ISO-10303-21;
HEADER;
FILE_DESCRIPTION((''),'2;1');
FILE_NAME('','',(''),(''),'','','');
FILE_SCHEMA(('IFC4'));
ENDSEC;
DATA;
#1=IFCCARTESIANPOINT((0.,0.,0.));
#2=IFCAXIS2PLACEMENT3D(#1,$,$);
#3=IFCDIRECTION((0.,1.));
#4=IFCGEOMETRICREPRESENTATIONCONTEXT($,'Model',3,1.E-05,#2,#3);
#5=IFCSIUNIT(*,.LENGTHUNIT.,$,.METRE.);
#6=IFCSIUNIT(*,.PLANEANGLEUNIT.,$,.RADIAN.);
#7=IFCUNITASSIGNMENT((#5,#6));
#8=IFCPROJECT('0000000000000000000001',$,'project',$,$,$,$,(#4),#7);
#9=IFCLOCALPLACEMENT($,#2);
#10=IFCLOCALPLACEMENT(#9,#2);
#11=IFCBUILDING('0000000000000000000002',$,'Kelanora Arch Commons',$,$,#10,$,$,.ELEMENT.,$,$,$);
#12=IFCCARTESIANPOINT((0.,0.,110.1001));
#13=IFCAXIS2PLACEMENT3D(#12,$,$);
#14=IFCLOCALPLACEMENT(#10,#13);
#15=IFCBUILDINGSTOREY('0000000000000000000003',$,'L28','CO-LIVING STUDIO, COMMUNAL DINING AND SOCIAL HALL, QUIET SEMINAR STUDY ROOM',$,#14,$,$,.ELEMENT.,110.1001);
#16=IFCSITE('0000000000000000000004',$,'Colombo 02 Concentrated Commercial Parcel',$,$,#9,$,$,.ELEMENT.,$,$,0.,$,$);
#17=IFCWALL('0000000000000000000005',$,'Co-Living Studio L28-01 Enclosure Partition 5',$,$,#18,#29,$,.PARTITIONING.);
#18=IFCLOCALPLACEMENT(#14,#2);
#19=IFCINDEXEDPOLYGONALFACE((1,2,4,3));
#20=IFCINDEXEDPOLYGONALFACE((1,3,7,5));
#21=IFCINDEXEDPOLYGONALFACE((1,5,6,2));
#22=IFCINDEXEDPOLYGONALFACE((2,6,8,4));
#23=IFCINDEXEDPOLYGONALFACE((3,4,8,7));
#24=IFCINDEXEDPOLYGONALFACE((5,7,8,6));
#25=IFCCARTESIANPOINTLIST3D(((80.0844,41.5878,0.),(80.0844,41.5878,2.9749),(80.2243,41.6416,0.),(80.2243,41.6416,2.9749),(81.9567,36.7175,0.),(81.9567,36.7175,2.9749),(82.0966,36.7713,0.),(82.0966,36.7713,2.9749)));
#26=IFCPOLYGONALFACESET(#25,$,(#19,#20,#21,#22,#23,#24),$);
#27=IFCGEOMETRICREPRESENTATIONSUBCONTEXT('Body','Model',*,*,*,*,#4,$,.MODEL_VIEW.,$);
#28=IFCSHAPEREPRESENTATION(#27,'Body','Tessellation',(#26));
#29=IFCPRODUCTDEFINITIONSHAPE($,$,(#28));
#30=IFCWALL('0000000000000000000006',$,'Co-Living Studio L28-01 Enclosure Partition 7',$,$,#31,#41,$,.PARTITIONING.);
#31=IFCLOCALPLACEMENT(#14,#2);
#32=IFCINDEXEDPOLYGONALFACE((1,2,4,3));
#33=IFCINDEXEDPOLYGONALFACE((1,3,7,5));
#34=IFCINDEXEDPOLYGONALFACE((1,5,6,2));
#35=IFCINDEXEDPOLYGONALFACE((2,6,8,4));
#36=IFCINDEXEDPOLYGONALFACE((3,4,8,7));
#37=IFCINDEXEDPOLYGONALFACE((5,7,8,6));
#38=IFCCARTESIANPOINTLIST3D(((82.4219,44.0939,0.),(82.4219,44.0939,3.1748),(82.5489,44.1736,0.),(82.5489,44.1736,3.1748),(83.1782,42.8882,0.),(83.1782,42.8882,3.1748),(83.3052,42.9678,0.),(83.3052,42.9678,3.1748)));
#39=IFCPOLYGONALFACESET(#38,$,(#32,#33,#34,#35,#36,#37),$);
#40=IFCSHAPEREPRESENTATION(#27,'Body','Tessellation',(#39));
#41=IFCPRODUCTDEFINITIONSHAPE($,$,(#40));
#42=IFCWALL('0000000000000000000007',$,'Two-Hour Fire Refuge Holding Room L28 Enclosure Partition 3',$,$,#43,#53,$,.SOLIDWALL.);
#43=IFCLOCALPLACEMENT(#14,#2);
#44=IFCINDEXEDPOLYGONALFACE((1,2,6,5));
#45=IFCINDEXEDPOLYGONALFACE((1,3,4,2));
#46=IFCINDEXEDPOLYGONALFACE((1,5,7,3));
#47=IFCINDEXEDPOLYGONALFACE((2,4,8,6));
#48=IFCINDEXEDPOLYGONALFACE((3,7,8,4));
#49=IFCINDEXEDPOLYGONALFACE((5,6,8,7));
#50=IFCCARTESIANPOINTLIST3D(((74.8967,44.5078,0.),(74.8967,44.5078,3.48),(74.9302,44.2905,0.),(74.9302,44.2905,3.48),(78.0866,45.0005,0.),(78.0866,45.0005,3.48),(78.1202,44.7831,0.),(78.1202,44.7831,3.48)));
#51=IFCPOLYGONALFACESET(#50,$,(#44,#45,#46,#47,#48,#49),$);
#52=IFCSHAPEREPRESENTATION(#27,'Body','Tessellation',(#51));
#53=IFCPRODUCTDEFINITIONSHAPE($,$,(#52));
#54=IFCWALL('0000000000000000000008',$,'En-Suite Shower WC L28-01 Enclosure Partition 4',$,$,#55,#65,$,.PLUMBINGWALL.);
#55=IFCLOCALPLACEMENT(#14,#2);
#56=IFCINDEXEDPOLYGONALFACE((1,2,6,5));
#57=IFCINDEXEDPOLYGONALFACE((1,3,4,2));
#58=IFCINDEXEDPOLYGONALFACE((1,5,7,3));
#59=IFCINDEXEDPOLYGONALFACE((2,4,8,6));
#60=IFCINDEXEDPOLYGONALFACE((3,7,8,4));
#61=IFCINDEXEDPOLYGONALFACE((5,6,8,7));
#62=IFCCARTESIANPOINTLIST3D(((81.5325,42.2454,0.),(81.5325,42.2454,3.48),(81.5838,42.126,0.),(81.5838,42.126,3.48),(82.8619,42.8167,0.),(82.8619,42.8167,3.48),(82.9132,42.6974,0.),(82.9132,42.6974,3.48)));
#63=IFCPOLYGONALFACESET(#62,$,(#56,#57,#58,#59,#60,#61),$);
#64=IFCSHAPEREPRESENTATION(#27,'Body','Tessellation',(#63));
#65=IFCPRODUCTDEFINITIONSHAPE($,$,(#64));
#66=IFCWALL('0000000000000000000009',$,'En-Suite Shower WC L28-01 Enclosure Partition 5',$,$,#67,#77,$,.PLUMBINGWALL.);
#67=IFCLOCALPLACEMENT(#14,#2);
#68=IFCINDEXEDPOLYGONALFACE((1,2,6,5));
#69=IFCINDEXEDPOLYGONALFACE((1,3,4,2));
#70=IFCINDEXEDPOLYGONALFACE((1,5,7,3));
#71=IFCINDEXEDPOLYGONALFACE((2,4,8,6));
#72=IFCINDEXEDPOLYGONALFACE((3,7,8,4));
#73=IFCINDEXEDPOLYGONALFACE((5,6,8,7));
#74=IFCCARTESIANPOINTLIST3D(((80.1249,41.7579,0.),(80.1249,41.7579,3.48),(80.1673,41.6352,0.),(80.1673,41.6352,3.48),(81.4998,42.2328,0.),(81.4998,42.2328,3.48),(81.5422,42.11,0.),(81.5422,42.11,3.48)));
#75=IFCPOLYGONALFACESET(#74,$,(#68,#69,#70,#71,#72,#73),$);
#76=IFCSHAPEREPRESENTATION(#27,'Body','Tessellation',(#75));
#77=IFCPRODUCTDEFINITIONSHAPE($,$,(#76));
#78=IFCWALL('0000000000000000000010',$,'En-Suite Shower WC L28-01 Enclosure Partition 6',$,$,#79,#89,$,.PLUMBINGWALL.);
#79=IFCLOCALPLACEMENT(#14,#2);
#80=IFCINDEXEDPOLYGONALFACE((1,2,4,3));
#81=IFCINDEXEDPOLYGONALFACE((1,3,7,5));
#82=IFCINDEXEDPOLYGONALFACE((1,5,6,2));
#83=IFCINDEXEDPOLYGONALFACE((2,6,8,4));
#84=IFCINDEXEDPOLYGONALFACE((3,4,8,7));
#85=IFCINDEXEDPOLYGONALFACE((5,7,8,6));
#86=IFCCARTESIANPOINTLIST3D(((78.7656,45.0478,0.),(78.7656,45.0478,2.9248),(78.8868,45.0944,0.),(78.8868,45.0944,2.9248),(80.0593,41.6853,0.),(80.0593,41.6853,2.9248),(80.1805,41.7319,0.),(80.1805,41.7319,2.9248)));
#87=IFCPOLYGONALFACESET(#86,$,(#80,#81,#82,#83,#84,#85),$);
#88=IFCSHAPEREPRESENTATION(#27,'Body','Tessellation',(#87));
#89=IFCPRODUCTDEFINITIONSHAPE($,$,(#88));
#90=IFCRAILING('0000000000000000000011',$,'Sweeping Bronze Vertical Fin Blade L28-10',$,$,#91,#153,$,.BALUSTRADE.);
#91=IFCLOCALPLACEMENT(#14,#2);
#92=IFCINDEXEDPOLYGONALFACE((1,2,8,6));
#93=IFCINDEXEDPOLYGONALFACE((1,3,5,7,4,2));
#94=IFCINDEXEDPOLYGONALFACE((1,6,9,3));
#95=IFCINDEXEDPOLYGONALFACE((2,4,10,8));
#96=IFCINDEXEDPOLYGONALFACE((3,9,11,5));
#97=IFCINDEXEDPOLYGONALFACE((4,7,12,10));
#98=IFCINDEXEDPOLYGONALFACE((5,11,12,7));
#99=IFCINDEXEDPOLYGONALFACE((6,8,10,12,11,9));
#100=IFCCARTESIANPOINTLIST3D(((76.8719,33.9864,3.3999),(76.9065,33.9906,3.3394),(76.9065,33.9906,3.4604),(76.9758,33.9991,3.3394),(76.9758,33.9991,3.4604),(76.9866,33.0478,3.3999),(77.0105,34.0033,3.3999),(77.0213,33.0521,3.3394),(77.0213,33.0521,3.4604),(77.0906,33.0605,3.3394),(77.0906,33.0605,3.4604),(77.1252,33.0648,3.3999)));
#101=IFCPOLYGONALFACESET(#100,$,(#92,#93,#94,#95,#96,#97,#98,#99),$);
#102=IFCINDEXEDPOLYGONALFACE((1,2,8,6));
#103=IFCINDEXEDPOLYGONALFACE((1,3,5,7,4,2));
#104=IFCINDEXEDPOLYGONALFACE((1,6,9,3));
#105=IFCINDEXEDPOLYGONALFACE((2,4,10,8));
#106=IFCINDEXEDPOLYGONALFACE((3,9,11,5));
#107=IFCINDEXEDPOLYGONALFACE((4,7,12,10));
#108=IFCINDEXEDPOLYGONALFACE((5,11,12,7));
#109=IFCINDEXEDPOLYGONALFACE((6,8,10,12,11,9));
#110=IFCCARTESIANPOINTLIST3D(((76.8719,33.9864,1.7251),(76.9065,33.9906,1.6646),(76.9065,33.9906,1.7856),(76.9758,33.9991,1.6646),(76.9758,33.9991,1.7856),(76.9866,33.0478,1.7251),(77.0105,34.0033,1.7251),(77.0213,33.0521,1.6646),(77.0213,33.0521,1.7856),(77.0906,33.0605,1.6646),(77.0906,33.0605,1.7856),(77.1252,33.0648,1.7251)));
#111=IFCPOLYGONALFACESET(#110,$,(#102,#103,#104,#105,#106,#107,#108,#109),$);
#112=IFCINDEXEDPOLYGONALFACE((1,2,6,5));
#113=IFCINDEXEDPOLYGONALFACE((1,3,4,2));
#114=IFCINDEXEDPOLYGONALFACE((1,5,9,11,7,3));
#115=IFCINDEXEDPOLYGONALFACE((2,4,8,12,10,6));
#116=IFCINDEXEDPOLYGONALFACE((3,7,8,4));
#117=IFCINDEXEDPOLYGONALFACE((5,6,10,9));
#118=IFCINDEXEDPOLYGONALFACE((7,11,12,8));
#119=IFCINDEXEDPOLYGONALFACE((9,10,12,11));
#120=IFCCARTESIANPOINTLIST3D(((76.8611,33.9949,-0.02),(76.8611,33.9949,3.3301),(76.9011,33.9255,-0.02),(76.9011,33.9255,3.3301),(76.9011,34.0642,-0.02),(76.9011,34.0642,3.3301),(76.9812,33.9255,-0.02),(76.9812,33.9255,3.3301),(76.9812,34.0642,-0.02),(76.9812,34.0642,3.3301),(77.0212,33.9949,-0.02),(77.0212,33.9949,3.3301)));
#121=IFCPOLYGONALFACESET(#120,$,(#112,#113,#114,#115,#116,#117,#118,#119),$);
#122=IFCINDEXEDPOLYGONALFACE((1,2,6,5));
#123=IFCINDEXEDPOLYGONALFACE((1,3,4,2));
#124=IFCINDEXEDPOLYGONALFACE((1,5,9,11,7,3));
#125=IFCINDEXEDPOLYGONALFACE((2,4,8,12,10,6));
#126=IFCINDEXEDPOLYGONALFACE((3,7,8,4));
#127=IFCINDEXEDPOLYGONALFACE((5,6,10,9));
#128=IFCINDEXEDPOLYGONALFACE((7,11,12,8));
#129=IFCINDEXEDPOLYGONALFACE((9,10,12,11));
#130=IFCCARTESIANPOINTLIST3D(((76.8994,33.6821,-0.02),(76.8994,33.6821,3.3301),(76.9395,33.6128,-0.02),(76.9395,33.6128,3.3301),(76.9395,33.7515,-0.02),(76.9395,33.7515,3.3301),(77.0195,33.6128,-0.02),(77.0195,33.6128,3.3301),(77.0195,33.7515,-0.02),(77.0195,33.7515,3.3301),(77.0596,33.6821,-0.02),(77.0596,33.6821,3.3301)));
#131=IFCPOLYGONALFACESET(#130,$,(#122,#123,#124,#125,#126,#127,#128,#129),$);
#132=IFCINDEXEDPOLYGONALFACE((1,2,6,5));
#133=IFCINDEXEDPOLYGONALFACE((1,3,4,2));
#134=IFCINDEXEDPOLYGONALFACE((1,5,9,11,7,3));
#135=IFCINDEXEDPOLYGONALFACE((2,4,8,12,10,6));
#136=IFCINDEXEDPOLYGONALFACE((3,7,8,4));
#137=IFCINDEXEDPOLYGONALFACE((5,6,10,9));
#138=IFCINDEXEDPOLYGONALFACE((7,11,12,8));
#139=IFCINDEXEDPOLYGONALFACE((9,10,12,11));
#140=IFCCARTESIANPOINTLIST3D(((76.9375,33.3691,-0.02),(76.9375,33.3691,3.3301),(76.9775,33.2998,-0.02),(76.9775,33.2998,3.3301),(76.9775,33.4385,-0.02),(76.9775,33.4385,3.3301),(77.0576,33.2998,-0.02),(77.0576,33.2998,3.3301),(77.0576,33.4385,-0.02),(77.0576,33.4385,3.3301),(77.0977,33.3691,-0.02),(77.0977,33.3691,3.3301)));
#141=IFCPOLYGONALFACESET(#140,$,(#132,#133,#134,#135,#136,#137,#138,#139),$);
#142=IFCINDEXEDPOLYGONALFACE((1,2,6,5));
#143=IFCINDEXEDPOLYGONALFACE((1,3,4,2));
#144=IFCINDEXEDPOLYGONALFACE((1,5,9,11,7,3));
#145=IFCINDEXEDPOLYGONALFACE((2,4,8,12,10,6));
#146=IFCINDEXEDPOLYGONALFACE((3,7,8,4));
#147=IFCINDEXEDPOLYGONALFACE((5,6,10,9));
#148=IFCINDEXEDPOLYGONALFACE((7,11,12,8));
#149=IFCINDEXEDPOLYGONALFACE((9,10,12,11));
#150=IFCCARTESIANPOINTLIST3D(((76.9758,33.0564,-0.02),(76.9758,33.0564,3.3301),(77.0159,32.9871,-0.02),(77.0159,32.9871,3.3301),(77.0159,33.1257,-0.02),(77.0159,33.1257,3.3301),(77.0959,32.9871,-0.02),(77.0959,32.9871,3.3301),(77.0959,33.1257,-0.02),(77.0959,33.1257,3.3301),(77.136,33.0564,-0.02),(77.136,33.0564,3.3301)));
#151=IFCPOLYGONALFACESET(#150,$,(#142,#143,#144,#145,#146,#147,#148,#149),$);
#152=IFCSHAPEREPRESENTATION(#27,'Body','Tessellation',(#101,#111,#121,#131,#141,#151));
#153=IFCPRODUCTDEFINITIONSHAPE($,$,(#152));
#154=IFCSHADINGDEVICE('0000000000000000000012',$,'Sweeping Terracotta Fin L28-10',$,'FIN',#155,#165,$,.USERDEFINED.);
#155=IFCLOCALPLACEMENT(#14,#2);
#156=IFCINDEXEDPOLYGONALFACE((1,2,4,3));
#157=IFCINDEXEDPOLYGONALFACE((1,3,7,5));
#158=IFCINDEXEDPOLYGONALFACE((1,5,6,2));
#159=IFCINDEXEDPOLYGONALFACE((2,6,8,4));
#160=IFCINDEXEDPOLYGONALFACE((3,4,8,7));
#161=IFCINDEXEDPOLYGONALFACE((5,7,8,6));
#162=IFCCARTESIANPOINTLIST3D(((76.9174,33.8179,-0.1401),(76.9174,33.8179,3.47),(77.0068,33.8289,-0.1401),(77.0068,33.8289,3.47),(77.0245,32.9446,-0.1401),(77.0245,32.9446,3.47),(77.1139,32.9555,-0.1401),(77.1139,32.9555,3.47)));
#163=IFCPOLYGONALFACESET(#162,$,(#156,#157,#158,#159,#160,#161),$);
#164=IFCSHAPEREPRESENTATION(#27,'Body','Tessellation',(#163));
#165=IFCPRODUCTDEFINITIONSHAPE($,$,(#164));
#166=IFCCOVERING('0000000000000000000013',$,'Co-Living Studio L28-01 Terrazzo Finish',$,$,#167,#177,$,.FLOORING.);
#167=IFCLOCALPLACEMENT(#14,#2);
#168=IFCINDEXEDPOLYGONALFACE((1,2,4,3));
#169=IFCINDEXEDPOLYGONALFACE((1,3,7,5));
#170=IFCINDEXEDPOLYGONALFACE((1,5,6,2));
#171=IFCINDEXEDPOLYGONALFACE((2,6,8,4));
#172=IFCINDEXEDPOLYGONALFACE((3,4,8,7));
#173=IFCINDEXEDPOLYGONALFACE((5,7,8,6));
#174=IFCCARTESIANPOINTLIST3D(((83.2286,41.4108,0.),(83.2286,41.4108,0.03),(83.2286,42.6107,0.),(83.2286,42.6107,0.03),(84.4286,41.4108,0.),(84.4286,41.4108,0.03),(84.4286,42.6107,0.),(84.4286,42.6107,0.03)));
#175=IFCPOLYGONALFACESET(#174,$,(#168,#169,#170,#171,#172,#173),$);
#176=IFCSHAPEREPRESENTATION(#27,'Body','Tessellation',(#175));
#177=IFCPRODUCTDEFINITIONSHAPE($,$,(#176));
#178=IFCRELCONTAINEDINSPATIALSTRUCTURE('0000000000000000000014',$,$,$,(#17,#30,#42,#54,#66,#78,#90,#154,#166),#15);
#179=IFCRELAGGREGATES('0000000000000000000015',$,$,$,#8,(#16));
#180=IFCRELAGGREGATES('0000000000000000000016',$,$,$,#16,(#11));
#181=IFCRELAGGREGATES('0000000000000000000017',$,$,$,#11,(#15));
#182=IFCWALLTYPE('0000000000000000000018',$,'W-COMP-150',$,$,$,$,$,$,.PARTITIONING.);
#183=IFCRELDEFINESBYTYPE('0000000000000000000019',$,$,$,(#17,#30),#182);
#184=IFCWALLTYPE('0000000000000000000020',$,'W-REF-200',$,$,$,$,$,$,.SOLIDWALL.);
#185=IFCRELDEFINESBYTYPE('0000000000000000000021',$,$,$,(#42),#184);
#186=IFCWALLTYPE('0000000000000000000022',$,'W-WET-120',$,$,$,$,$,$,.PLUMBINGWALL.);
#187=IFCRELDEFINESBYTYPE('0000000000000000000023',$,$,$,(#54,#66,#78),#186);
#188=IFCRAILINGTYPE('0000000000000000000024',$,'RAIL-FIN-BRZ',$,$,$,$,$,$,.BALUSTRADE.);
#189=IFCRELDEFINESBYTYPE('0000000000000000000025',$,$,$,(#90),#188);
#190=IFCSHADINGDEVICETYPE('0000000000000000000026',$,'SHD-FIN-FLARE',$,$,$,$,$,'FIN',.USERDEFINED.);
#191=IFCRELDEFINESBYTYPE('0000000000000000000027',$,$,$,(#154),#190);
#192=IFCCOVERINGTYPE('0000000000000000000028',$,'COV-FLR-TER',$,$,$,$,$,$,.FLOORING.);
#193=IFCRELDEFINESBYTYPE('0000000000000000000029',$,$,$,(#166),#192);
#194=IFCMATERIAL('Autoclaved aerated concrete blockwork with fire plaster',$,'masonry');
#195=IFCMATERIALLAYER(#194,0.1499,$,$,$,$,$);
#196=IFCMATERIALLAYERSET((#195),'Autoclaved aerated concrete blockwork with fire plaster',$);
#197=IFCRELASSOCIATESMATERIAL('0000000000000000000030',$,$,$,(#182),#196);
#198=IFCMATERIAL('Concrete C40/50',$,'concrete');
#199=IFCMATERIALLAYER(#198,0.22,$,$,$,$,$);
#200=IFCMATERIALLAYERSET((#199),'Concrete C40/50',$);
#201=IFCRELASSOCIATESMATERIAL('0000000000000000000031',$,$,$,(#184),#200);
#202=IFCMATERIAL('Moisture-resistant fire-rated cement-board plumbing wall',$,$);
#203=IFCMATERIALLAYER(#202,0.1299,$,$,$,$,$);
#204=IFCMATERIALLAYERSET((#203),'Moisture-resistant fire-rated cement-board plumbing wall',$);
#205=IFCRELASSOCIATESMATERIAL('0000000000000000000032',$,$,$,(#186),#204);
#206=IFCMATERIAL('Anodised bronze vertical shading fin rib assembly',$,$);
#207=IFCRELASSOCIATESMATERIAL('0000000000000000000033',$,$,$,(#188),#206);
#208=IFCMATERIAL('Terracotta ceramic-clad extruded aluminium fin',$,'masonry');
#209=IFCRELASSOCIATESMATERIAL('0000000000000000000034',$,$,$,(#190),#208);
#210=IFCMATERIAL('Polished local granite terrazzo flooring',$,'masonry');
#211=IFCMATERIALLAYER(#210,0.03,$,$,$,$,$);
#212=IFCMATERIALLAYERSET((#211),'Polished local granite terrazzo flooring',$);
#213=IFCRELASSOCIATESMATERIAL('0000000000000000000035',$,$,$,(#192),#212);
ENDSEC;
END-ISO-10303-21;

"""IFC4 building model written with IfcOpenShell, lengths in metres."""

from ifc_helpers import new_model, si_unit, direction, frame, frame_2d, origin, origin_2d, place, context, subcontext, project, spatial, polyline, rectangle, outline, extrude, source, transform, mapped, material, layer, layer_set, type_object, element, save


model = new_model("IFC4")

# Units and contexts
model_context = context("Model", 3, precision=1e-05, world=origin(), true_north=direction((0.0, 1.0)))
body_context = subcontext(model_context, "Body", "Model", "MODEL_VIEW")
ifc_project = project(units=[si_unit("LENGTHUNIT", "METRE"), si_unit("PLANEANGLEUNIT", "RADIAN")], contexts=[model_context])

# Site, building, storey
site_placement = place(None, origin())
site = spatial("IfcSite", under=ifc_project, at=site_placement, Name="Colombo 02 Concentrated Commercial Parcel", CompositionType="ELEMENT", RefElevation=0.0)
building_placement = place(site_placement, origin())
building = spatial("IfcBuilding", under=site, at=building_placement, Name="Kelanora Arch Commons", CompositionType="ELEMENT")
storey_placement = place(building_placement, frame((0.0, 0.0, 110.1001)))
storey = spatial("IfcBuildingStorey", under=building, at=storey_placement, Name="L28", Description="CO-LIVING STUDIO, COMMUNAL DINING AND SOCIAL HALL, QUIET SEMINAR STUDY ROOM", CompositionType="ELEMENT", Elevation=110.1001)

# Walls
ifc_material_1 = material(Name="Autoclaved aerated concrete blockwork with fire plaster", Category="masonry")
ifc_layer_1 = layer(ifc_material_1, 0.1499)
ifc_layer_set_1 = layer_set([ifc_layer_1], Name="Autoclaved aerated concrete blockwork with fire plaster")
wall_type_1 = type_object("IfcWallType", Name="W-COMP-150", PredefinedType="PARTITIONING", material=ifc_layer_set_1)
wall_1_placement = place(storey_placement, frame((82.0266, 36.7444, 0.0), z_axis=(0.0, 0.0, 1.0), x_axis=(-0.358829, 0.933403, 0.0)))
element("IfcWall", 1, at=wall_1_placement, inside=storey, type_object=wall_type_1, Name="Co-Living Studio L28-01 Enclosure Partition 5", PredefinedType="PARTITIONING", context=body_context, shape_type="SweptSolid", body=[
    extrude(rectangle(XDim=5.2178, YDim=0.1499, at=frame_2d((2.6089, 0.0))), origin(), (0.0, 0.0, 1.0), 2.9749),
])
wall_2_placement = place(storey_placement, frame((83.2417, 42.928, 0.0), z_axis=(0.0, 0.0, 1.0), x_axis=(-0.53137, 0.84714, 0.0)))
element("IfcWall", 2, at=wall_2_placement, inside=storey, type_object=wall_type_1, Name="Co-Living Studio L28-01 Enclosure Partition 7", PredefinedType="PARTITIONING", context=body_context, shape_type="SweptSolid", body=[
    extrude(rectangle(XDim=1.4233, YDim=0.1499, at=frame_2d((0.7117, 0.0))), origin(), (0.0, 0.0, 1.0), 3.1748),
])
ifc_material_2 = material(Name="Concrete C40/50", Category="concrete")
ifc_layer_2 = layer(ifc_material_2, 0.22)
ifc_layer_set_2 = layer_set([ifc_layer_2], Name="Concrete C40/50")
wall_type_2 = type_object("IfcWallType", Name="W-REF-200", PredefinedType="SOLIDWALL", material=ifc_layer_set_2)
wall_3_placement = place(storey_placement, frame((74.9136, 44.3992, 0.0), z_axis=(0.0, 0.0, 1.0), x_axis=(0.988282, 0.152637, 0.0)))
element("IfcWall", 3, at=wall_3_placement, inside=storey, type_object=wall_type_2, Name="Two-Hour Fire Refuge Holding Room L28 Enclosure Partition 3", PredefinedType="SOLIDWALL", context=body_context, shape_type="SweptSolid", body=[
    extrude(rectangle(XDim=3.2278, YDim=0.22, at=frame_2d((1.6138, 0.0))), origin(), (0.0, 0.0, 1.0), 3.48),
])
ifc_material_3 = material(Name="Moisture-resistant fire-rated cement-board plumbing wall")
ifc_layer_3 = layer(ifc_material_3, 0.1299)
ifc_layer_set_3 = layer_set([ifc_layer_3], Name="Moisture-resistant fire-rated cement-board plumbing wall")
wall_type_3 = type_object("IfcWallType", Name="W-WET-120", PredefinedType="PLUMBINGWALL", material=ifc_layer_set_3)
wall_4_placement = place(storey_placement, frame((82.8877, 42.7571, 0.0), z_axis=(0.0, 0.0, 1.0), x_axis=(-0.918752, -0.394835, 0.0)))
element("IfcWall", 4, at=wall_4_placement, inside=storey, type_object=wall_type_3, Name="En-Suite Shower WC L28-01 Enclosure Partition 4", PredefinedType="PLUMBINGWALL", context=body_context, shape_type="SweptSolid", body=[
    extrude(rectangle(XDim=1.447, YDim=0.1299, at=frame_2d((0.7236, 0.0))), origin(), (0.0, 0.0, 1.0), 3.48),
])
wall_5_placement = place(storey_placement, frame((81.521, 42.1714, 0.0), z_axis=(0.0, 0.0, 1.0), x_axis=(-0.945221, -0.32643, 0.0)))
element("IfcWall", 5, at=wall_5_placement, inside=storey, type_object=wall_type_3, Name="En-Suite Shower WC L28-01 Enclosure Partition 5", PredefinedType="PLUMBINGWALL", context=body_context, shape_type="SweptSolid", body=[
    extrude(rectangle(XDim=1.4546, YDim=0.1299, at=frame_2d((0.7273, 0.0))), origin(), (0.0, 0.0, 1.0), 3.48),
])
wall_6_placement = place(storey_placement, frame((80.1199, 41.7087, 0.0), z_axis=(0.0, 0.0, 1.0), x_axis=(-0.359079, 0.933307, 0.0)))
element("IfcWall", 6, at=wall_6_placement, inside=storey, type_object=wall_type_3, Name="En-Suite Shower WC L28-01 Enclosure Partition 6", PredefinedType="PLUMBINGWALL", context=body_context, shape_type="SweptSolid", body=[
    extrude(rectangle(XDim=3.6028, YDim=0.1299, at=frame_2d((1.8013, 0.0))), origin(), (0.0, 0.0, 1.0), 2.9248),
])

# Railing
ifc_material_4 = material(Name="Anodised bronze vertical shading fin rib assembly")
railing_type = type_object("IfcRailingType", Name="RAIL-FIN-BRZ", PredefinedType="BALUSTRADE", material=ifc_material_4)
railing_placement = place(storey_placement, frame((76.9412, 33.9949, -0.02)))
element("IfcRailing", 7, at=railing_placement, inside=storey, type_object=railing_type, Name="Sweeping Bronze Vertical Fin Blade L28-10", PredefinedType="BALUSTRADE", context=body_context, shape_type="SweptSolid", body=[
    extrude(outline(polyline([(0.0698, 0.0), (0.0349, 0.0605), (-0.0349, 0.0605), (-0.0698, 0.0), (-0.0349, -0.0605), (0.0349, -0.0605), (0.0698, 0.0)])), frame((0.0, 0.0, 3.4199), z_axis=(0.121365, -0.992608, 0.0), x_axis=(0.992608, 0.121365, 0.0)), (0.0, 0.0, 1.0), 0.9456),
    extrude(outline(polyline([(0.0698, 0.0), (0.0349, 0.0605), (-0.0349, 0.0605), (-0.0698, 0.0), (-0.0349, -0.0605), (0.0349, -0.0605), (0.0698, 0.0)])), frame((0.0, 0.0, 1.7451), z_axis=(0.121365, -0.992608, 0.0), x_axis=(0.992608, 0.121365, 0.0)), (0.0, 0.0, 1.0), 0.9456),
    extrude(outline(polyline([(0.0801, 0.0), (0.04, 0.0693), (-0.04, 0.0693), (-0.0801, 0.0), (-0.04, -0.0693), (0.04, -0.0693), (0.0801, 0.0)])), origin(), (0.0, 0.0, 1.0), 3.3501),
    extrude(outline(polyline([(0.0801, 0.0), (0.04, 0.0693), (-0.04, 0.0693), (-0.0801, 0.0), (-0.04, -0.0693), (0.04, -0.0693), (0.0801, 0.0)])), frame((0.0383, -0.3127, 0.0)), (0.0, 0.0, 1.0), 3.3501),
    extrude(outline(polyline([(0.0801, 0.0), (0.04, 0.0693), (-0.04, 0.0693), (-0.0801, 0.0), (-0.04, -0.0693), (0.04, -0.0693), (0.0801, 0.0)])), frame((0.0764, -0.6257, 0.0)), (0.0, 0.0, 1.0), 3.3501),
    extrude(outline(polyline([(0.0801, 0.0), (0.04, 0.0693), (-0.04, 0.0693), (-0.0801, 0.0), (-0.04, -0.0693), (0.04, -0.0693), (0.0801, 0.0)])), frame((0.1147, -0.9385, 0.0)), (0.0, 0.0, 1.0), 3.3501),
])

# Shading device
ifc_material_5 = material(Name="Terracotta ceramic-clad extruded aluminium fin", Category="masonry")
shading_device_type = type_object("IfcShadingDeviceType", Name="SHD-FIN-FLARE", ElementType="FIN", PredefinedType="USERDEFINED", material=ifc_material_5)
shared_shape_1 = source(origin(), body_context, "Body", "SweptSolid", [
    extrude(rectangle(XDim=0.8799, YDim=0.0901, at=origin_2d()), origin(), (0.0, 0.0, 1.0), 3.6101),
])
shading_device_placement = place(storey_placement, frame((77.0156, 33.3867, -0.1401), z_axis=(0.0, 0.0, 1.0), x_axis=(0.121696, -0.992567, 0.0)))
element("IfcShadingDevice", 8, at=shading_device_placement, inside=storey, type_object=shading_device_type, Name="Sweeping Terracotta Fin L28-10", ObjectType="FIN", PredefinedType="USERDEFINED", context=body_context, shape_type="MappedRepresentation", body=[
    mapped(shared_shape_1, transform((0.0, 0.0, 0.0), scale=1.0)),
])

# Covering
ifc_material_6 = material(Name="Polished local granite terrazzo flooring", Category="masonry")
ifc_layer_4 = layer(ifc_material_6, 0.03)
ifc_layer_set_4 = layer_set([ifc_layer_4], Name="Polished local granite terrazzo flooring")
covering_type = type_object("IfcCoveringType", Name="COV-FLR-TER", PredefinedType="FLOORING", material=ifc_layer_set_4)
shared_shape_2 = source(origin(), body_context, "Body", "SweptSolid", [
    extrude(rectangle(XDim=1.2, YDim=1.2, at=origin_2d()), origin(), (0.0, 0.0, 1.0), 0.03),
])
covering_placement = place(storey_placement, frame((83.8286, 42.0107, 0.0), z_axis=(0.0, 0.0, 1.0), x_axis=(1.0, 0.0, 0.0)))
element("IfcCovering", 9, at=covering_placement, inside=storey, type_object=covering_type, Name="Co-Living Studio L28-01 Terrazzo Finish", PredefinedType="FLOORING", context=body_context, shape_type="MappedRepresentation", body=[
    mapped(shared_shape_2, transform((0.0, 0.0, 0.0), scale=1.0)),
])

save(model, "model.ifc")
